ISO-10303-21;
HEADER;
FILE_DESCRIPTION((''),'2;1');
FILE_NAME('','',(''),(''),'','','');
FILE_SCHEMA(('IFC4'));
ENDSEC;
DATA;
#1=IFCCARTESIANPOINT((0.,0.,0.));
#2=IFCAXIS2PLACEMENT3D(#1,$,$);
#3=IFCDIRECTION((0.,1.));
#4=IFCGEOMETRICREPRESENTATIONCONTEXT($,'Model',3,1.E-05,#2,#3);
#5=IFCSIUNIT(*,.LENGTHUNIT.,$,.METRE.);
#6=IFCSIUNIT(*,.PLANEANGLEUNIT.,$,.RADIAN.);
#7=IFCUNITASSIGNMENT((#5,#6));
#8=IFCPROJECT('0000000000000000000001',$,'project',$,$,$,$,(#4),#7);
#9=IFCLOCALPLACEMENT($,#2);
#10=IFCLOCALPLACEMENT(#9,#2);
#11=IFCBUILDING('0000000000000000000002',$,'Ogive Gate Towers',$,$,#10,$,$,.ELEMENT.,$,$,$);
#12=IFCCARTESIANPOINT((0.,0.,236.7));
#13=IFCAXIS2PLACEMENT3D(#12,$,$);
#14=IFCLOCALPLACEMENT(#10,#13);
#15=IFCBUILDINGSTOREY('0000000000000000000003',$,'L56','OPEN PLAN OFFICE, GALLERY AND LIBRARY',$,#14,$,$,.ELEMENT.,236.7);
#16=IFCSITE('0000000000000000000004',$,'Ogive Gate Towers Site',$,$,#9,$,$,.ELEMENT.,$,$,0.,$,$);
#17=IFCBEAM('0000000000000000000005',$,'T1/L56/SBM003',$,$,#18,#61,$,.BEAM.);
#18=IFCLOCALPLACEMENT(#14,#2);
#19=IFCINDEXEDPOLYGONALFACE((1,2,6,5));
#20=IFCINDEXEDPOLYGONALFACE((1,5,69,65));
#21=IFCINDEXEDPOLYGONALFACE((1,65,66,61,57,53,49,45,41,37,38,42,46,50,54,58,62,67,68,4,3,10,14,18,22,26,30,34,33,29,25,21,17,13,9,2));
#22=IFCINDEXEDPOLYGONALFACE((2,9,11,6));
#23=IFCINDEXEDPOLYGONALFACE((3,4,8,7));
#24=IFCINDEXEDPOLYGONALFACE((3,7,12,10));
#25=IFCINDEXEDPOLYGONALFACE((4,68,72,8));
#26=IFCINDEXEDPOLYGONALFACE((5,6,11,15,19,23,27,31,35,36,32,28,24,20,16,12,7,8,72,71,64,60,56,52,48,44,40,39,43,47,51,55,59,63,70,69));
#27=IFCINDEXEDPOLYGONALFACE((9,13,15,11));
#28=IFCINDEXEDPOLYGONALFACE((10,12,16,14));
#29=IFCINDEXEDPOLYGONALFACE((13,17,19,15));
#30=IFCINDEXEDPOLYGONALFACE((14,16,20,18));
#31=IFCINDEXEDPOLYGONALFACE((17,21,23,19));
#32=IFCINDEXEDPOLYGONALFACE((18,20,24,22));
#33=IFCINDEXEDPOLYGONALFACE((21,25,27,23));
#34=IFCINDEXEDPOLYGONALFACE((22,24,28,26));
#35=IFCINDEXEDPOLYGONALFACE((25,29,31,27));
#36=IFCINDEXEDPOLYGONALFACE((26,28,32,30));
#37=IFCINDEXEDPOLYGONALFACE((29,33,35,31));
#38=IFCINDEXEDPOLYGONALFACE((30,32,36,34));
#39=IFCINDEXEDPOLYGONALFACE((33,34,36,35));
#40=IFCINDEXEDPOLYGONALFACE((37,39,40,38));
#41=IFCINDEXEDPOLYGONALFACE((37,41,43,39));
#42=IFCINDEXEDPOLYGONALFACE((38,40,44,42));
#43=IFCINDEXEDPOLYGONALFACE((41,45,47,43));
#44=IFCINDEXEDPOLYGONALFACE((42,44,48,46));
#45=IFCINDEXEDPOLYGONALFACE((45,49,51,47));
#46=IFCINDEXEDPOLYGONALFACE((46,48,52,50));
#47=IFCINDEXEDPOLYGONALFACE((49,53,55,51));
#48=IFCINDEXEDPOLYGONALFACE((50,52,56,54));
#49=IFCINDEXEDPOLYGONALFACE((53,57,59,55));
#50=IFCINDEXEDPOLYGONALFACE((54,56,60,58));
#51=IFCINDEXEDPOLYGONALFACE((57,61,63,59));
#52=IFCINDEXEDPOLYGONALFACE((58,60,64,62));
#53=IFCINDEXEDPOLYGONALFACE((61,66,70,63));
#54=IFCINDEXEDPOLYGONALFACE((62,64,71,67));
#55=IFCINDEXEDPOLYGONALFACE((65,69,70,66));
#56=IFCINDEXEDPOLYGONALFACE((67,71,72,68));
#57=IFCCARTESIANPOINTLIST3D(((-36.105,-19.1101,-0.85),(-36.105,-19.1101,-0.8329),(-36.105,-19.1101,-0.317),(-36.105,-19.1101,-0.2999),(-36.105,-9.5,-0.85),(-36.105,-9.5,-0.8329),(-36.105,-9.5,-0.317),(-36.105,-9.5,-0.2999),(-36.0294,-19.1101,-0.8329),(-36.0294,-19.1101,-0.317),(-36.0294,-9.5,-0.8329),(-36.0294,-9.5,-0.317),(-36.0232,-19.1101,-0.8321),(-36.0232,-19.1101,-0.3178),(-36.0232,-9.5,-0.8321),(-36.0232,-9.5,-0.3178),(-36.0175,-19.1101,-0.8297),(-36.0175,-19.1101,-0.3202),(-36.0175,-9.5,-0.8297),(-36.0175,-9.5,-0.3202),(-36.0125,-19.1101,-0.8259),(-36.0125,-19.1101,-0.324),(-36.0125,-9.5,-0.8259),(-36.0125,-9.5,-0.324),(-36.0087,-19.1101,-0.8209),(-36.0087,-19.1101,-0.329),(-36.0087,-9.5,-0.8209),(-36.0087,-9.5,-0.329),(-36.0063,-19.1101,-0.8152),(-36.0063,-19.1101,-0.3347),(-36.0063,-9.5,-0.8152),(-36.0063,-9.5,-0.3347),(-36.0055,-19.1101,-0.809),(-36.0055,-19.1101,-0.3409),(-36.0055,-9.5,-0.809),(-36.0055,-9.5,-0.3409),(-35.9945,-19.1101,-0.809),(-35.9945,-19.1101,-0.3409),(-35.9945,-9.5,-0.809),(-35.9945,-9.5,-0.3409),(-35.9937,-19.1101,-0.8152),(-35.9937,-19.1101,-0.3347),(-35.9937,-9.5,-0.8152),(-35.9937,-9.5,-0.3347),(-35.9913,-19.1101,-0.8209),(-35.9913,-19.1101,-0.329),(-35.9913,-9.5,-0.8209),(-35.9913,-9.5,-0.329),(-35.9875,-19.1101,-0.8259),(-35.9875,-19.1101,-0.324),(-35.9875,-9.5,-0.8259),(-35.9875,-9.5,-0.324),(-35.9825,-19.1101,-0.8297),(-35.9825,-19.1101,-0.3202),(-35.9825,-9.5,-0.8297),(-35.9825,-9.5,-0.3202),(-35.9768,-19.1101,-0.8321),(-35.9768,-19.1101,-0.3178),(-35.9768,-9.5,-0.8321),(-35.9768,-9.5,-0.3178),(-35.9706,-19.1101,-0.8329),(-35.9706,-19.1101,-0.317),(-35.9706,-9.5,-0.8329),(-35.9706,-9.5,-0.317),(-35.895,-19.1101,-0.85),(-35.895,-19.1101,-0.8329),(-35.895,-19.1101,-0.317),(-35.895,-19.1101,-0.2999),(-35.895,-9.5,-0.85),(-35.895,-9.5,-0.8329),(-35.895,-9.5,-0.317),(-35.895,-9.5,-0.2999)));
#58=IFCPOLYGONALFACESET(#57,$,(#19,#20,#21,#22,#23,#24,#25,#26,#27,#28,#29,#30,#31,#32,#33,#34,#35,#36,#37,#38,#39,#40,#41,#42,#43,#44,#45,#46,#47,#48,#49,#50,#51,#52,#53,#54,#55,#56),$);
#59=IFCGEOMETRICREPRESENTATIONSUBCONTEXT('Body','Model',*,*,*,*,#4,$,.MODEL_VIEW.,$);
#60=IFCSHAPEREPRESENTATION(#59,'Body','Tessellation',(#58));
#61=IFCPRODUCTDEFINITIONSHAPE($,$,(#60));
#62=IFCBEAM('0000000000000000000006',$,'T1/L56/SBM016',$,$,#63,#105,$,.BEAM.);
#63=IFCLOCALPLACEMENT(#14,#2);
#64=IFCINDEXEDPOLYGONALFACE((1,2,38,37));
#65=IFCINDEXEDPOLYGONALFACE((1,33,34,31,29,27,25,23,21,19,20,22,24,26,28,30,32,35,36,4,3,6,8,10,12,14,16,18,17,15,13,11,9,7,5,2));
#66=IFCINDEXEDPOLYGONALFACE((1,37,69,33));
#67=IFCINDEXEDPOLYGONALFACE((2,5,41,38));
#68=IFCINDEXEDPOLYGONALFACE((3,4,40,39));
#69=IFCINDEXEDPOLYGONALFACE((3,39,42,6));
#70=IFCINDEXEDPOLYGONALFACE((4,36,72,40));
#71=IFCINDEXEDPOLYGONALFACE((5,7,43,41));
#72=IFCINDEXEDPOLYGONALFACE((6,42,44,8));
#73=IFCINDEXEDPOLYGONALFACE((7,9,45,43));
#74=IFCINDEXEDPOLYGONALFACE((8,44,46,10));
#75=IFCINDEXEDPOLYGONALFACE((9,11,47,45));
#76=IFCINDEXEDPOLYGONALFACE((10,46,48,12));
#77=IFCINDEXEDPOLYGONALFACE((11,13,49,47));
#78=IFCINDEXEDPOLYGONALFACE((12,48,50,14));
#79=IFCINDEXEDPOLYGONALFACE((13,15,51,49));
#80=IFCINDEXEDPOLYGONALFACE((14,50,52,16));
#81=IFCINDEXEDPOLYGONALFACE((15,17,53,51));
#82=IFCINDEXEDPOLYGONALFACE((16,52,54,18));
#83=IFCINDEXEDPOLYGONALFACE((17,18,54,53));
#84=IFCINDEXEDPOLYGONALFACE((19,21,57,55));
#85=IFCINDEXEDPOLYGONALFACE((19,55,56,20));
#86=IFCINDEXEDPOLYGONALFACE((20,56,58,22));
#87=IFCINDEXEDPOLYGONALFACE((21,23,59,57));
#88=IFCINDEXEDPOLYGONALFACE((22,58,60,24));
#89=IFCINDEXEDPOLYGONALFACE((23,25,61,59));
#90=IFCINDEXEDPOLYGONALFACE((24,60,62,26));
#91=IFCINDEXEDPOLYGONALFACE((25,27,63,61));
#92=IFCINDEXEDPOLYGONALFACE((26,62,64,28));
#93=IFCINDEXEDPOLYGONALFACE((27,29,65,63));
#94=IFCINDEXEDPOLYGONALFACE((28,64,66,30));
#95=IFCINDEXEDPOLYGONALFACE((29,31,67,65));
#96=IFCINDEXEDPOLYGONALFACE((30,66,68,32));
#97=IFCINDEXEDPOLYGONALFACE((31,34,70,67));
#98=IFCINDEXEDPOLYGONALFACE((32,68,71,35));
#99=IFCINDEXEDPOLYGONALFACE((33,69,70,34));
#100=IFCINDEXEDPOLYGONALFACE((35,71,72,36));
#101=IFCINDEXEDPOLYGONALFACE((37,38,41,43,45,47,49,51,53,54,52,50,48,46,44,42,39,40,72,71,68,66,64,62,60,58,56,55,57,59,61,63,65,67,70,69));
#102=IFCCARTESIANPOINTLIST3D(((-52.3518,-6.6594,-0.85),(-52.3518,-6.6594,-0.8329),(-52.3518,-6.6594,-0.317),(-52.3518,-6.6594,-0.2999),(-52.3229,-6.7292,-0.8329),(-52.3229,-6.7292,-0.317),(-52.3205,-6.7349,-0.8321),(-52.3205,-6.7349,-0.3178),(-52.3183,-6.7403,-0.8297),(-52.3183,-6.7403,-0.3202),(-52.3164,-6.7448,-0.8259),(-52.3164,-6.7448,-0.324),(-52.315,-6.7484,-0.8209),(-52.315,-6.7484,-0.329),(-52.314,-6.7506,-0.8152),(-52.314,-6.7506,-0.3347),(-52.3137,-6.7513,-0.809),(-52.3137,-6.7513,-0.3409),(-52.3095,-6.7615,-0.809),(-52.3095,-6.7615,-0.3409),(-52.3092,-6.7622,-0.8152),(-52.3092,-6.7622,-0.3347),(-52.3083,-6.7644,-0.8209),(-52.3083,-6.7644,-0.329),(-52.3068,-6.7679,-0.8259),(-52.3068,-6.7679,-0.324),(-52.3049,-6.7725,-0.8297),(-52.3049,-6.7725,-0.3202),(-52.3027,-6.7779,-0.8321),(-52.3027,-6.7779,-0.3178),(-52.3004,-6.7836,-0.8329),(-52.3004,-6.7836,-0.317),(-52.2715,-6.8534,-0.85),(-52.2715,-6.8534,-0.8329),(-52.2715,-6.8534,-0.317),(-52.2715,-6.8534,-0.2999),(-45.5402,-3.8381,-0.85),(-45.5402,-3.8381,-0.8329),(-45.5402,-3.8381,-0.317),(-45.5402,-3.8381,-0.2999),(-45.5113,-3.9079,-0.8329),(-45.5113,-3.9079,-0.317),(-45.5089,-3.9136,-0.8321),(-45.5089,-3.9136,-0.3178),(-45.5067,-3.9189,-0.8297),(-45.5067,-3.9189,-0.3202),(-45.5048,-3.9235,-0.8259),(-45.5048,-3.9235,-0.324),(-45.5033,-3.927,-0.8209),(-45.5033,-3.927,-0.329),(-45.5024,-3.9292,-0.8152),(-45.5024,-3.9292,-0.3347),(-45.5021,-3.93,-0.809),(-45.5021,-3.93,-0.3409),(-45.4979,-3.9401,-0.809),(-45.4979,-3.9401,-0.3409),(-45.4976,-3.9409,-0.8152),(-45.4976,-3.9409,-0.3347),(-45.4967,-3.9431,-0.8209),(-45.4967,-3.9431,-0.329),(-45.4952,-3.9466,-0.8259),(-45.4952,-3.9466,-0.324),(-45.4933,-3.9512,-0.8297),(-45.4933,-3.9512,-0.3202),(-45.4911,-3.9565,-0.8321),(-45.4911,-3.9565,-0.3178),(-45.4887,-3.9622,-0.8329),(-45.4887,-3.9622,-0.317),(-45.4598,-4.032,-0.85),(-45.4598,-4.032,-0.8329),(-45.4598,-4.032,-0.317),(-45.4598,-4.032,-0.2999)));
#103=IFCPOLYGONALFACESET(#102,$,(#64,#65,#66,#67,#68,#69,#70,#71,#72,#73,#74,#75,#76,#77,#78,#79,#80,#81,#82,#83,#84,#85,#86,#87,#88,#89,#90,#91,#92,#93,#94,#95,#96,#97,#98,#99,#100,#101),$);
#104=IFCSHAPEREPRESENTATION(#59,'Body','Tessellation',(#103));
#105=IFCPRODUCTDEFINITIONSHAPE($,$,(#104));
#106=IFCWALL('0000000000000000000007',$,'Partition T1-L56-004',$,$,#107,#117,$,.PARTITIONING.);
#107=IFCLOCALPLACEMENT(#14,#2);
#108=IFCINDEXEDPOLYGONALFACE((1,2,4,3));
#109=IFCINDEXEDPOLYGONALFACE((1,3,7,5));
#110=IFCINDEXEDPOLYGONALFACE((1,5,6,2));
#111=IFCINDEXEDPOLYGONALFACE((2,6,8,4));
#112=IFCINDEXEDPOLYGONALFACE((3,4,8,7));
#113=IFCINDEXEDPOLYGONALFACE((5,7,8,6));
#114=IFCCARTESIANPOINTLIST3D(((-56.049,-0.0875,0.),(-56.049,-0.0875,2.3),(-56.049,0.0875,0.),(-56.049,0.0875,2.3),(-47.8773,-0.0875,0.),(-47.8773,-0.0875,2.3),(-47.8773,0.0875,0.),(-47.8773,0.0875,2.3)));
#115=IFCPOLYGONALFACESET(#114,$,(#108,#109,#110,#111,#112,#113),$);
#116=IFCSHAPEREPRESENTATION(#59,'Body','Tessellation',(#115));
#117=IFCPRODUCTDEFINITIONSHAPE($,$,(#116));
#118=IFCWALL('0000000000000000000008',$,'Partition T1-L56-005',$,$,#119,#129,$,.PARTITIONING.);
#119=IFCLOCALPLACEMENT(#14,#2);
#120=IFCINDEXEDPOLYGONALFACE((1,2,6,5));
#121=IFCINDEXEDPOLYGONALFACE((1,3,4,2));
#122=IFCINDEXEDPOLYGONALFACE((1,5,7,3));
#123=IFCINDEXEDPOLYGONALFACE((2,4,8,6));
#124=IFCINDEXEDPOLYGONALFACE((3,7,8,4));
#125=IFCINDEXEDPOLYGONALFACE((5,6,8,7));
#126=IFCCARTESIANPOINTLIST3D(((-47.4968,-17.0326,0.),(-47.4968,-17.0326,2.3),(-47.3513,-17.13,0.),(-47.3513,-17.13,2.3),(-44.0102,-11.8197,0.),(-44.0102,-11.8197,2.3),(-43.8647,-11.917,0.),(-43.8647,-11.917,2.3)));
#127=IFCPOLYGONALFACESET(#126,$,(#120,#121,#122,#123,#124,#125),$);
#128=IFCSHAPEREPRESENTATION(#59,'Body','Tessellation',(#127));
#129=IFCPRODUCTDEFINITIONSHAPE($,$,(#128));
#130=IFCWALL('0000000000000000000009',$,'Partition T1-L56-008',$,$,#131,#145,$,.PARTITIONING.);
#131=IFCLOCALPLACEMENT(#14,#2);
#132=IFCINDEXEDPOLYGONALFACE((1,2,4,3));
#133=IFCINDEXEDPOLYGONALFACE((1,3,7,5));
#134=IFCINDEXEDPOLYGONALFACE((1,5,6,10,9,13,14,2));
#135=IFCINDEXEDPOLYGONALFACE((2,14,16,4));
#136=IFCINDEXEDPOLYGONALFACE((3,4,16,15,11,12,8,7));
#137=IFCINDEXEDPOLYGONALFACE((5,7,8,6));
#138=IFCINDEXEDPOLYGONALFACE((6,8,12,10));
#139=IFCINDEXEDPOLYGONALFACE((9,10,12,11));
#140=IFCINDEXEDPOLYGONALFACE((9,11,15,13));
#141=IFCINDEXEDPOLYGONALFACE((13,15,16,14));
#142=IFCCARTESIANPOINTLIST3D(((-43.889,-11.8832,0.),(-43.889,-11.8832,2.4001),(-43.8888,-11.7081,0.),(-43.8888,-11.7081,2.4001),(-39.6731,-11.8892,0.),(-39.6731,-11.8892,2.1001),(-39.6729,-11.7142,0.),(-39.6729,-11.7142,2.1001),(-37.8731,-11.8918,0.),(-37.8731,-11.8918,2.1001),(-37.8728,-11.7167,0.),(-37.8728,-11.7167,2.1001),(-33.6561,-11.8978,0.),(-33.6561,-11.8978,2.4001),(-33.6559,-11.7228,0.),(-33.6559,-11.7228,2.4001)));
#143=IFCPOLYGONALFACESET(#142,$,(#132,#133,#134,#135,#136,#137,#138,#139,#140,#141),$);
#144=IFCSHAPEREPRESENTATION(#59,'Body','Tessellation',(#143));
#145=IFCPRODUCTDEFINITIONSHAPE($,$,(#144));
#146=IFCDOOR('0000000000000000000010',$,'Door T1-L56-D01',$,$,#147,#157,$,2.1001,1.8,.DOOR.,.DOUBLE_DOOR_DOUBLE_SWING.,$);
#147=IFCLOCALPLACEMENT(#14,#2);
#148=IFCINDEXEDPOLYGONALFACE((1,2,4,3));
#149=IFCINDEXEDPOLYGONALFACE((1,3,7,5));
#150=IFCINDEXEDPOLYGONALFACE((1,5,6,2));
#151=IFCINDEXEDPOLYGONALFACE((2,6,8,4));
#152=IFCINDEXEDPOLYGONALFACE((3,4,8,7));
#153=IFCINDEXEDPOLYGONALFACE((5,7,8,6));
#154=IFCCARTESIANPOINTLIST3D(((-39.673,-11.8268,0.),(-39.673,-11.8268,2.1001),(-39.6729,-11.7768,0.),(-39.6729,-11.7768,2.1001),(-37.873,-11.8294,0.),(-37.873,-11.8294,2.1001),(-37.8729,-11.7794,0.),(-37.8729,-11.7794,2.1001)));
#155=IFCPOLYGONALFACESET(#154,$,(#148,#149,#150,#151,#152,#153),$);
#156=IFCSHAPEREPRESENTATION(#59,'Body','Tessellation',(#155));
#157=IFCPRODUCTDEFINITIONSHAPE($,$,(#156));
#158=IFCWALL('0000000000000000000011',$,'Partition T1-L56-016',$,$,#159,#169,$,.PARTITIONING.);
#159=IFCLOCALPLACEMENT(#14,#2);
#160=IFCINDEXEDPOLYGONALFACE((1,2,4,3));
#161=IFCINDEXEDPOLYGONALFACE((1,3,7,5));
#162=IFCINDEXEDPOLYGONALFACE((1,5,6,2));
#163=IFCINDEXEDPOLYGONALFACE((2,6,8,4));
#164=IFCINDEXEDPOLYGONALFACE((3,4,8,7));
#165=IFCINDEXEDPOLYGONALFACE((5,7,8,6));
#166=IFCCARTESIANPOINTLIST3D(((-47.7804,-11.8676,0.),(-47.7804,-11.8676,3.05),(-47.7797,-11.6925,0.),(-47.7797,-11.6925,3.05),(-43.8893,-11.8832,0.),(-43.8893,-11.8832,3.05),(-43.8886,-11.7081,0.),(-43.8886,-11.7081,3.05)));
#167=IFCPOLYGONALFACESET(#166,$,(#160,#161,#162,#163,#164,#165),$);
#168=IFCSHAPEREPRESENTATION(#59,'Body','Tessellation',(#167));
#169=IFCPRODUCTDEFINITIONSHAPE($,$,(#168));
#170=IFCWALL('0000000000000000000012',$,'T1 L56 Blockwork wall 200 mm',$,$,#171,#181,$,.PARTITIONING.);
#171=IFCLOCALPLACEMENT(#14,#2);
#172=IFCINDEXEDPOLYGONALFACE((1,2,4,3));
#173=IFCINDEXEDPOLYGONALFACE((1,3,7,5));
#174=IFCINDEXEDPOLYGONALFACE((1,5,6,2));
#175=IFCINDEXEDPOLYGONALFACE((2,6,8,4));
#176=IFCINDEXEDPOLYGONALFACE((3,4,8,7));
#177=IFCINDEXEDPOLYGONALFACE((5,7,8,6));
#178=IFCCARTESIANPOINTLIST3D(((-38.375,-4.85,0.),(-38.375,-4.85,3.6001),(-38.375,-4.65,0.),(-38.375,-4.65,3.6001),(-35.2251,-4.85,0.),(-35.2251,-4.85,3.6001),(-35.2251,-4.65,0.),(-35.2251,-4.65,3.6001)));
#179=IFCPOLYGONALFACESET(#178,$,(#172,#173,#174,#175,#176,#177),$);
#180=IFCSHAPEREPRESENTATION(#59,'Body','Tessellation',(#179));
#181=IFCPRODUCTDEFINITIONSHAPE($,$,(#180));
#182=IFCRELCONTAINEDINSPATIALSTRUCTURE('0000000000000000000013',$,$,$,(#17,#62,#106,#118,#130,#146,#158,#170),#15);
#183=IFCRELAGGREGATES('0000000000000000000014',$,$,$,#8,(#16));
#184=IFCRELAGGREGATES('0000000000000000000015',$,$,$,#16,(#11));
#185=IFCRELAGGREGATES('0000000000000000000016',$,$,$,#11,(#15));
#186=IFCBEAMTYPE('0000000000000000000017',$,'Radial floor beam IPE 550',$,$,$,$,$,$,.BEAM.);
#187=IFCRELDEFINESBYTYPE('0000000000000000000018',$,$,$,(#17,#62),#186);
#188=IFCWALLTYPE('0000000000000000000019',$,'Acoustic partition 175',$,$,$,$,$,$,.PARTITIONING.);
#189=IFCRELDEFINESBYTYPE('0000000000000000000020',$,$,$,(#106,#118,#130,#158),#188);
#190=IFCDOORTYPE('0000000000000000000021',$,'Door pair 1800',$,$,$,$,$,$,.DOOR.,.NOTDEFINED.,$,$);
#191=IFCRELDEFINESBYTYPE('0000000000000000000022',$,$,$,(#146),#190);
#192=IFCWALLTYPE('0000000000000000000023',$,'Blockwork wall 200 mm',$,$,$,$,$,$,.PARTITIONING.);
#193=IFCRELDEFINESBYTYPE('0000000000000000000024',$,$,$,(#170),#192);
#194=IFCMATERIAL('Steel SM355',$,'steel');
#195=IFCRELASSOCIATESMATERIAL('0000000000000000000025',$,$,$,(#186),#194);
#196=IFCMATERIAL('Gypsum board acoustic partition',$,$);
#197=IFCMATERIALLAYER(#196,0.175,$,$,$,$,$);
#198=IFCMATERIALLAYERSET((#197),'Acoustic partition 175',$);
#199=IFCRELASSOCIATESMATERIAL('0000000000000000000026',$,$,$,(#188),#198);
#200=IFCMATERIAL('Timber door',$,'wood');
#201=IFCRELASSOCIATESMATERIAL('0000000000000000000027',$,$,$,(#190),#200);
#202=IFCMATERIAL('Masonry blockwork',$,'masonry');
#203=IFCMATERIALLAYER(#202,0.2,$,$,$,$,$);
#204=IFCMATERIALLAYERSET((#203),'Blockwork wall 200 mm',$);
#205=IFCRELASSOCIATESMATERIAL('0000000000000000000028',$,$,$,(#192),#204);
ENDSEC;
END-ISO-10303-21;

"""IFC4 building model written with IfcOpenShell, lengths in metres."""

from ifc_helpers import new_model, si_unit, direction, frame, frame_2d, origin, origin_2d, place, context, subcontext, project, spatial, rectangle, i_section, extrude, material, layer, layer_set, material_profile, profile_set, type_object, element, fill, save


model = new_model("IFC4")

# Units and contexts
model_context = context("Model", 3, precision=1e-05, world=origin(), true_north=direction((0.0, 1.0)))
body_context = subcontext(model_context, "Body", "Model", "MODEL_VIEW")
ifc_project = project(units=[si_unit("LENGTHUNIT", "METRE"), si_unit("PLANEANGLEUNIT", "RADIAN")], contexts=[model_context])

# Site, building, storey
site_placement = place(None, origin())
site = spatial("IfcSite", under=ifc_project, at=site_placement, Name="Ogive Gate Towers Site", CompositionType="ELEMENT", RefElevation=0.0)
building_placement = place(site_placement, origin())
building = spatial("IfcBuilding", under=site, at=building_placement, Name="Ogive Gate Towers", CompositionType="ELEMENT")
storey_placement = place(building_placement, frame((0.0, 0.0, 236.7)))
storey = spatial("IfcBuildingStorey", under=building, at=storey_placement, Name="L56", Description="OPEN PLAN OFFICE, GALLERY AND LIBRARY", CompositionType="ELEMENT", Elevation=236.7)

# Beams
ifc_material_1 = material(Name="Steel SM355", Category="steel")
ifc_material_profile_1 = material_profile(ifc_material_1, i_section(OverallWidth=0.21, OverallDepth=0.55, WebThickness=0.011, FlangeThickness=0.0171, FilletRadius=0.0239, at=origin_2d()), Name="IPE 550")
ifc_profile_set_1 = profile_set([ifc_material_profile_1], Name="Steel SM355")
beam_type_1 = type_object("IfcBeamType", Name="Radial floor beam IPE 550", PredefinedType="BEAM", material=ifc_profile_set_1)
beam_1_placement = place(storey_placement, frame((-36.0, -9.5, -0.575), z_axis=(0.0, -1.0, 0.0), x_axis=(1.0, 0.0, 0.0)))
element("IfcBeam", 1, at=beam_1_placement, inside=storey, type_object=beam_type_1, Name="T1/L56/SBM003", PredefinedType="BEAM", context=body_context, shape_type="SweptSolid", body=[
    extrude(i_section(OverallWidth=0.21, OverallDepth=0.55, WebThickness=0.011, FlangeThickness=0.0171, FilletRadius=0.0239, at=origin_2d()), origin(), (0.0, 0.0, 1.0), 9.6101),
])
beam_2_placement = place(storey_placement, frame((-45.5, -3.9351, -0.575), z_axis=(-0.923886, -0.382668, 0.0), x_axis=(0.382668, -0.923886, 0.0)))
element("IfcBeam", 2, at=beam_2_placement, inside=storey, type_object=beam_type_1, Name="T1/L56/SBM016", PredefinedType="BEAM", context=body_context, shape_type="SweptSolid", body=[
    extrude(i_section(OverallWidth=0.21, OverallDepth=0.55, WebThickness=0.011, FlangeThickness=0.0171, FilletRadius=0.0239, at=origin_2d()), origin(), (0.0, 0.0, 1.0), 7.3728),
])

# Walls
ifc_material_2 = material(Name="Gypsum board acoustic partition")
ifc_layer_1 = layer(ifc_material_2, 0.175)
ifc_layer_set_1 = layer_set([ifc_layer_1], Name="Acoustic partition 175")
wall_type_1 = type_object("IfcWallType", Name="Acoustic partition 175", PredefinedType="PARTITIONING", material=ifc_layer_set_1)
wall_1_placement = place(storey_placement, frame((-56.0491, 0.0, 0.0), z_axis=(0.0, 0.0, 1.0), x_axis=(1.0, 0.0, 0.0)))
element("IfcWall", 3, at=wall_1_placement, inside=storey, type_object=wall_type_1, Name="Partition T1-L56-004", PredefinedType="PARTITIONING", context=body_context, shape_type="SweptSolid", body=[
    extrude(rectangle(XDim=8.1716, YDim=0.175, at=frame_2d((4.0859, 0.0))), origin(), (0.0, 0.0, 1.0), 2.3),
])
wall_2_placement = place(storey_placement, frame((-47.4241, -17.0813, 0.0), z_axis=(0.0, 0.0, 1.0), x_axis=(0.555948, 0.831217, 0.0)))
element("IfcWall", 4, at=wall_2_placement, inside=storey, type_object=wall_type_1, Name="Partition T1-L56-005", PredefinedType="PARTITIONING", context=body_context, shape_type="SweptSolid", body=[
    extrude(rectangle(XDim=6.2715, YDim=0.175, at=frame_2d((3.1357, 0.0))), origin(), (0.0, 0.0, 1.0), 2.3),
])

# Wall, opening, door
wall_3_placement = place(storey_placement, frame((-43.8889, -11.7957, 0.0), z_axis=(0.0, 0.0, 1.0), x_axis=(0.999999, -0.001432, 0.0)))
wall_3 = element("IfcWall", 5, at=wall_3_placement, inside=storey, type_object=wall_type_1, Name="Partition T1-L56-008", PredefinedType="PARTITIONING", context=body_context, shape_type="SweptSolid", body=[
    extrude(rectangle(XDim=10.2329, YDim=0.175, at=frame_2d((5.1165, 0.0))), origin(), (0.0, 0.0, 1.0), 2.4001),
])
opening_1_placement = place(wall_3_placement, frame((4.2161, 0.0, 0.0)))
opening_1 = element("IfcOpeningElement", 6, at=opening_1_placement, cuts=wall_3, PredefinedType="OPENING", context=body_context, shape_type="SweptSolid", body=[
    extrude(rectangle(XDim=1.8, YDim=2.1001, at=frame_2d((0.8999, 1.05))), frame((0.0, 0.0977, 0.0), z_axis=(0.0, -1.0, 0.0), x_axis=(1.0, 0.0, 0.0)), (0.0, 0.0, 1.0), 0.1951),
])
ifc_material_3 = material(Name="Timber door", Category="wood")
door_type_1 = type_object("IfcDoorType", Name="Door pair 1800", OperationType="NOTDEFINED", PredefinedType="DOOR", material=ifc_material_3)
door_1_placement = place(opening_1_placement, origin())
door_1 = element("IfcDoor", 7, at=door_1_placement, inside=storey, type_object=door_type_1, Name="Door T1-L56-D01", OperationType="DOUBLE_DOOR_DOUBLE_SWING", OverallHeight=2.1001, OverallWidth=1.8, PredefinedType="DOOR", context=body_context, shape_type="SweptSolid", body=[
    extrude(rectangle(XDim=1.8, YDim=2.1001, at=frame_2d((0.8999, 1.05))), frame((0.0, 0.0249, 0.0), z_axis=(0.0, -1.0, 0.0), x_axis=(1.0, 0.0, 0.0)), (0.0, 0.0, 1.0), 0.05),
])
fill(opening_1, door_1)

# Walls
wall_4_placement = place(storey_placement, frame((-47.78, -11.78, 0.0), z_axis=(0.0, 0.0, 1.0), x_axis=(0.999992, -0.004016, 0.0)))
element("IfcWall", 8, at=wall_4_placement, inside=storey, type_object=wall_type_1, Name="Partition T1-L56-016", PredefinedType="PARTITIONING", context=body_context, shape_type="SweptSolid", body=[
    extrude(rectangle(XDim=3.8911, YDim=0.175, at=frame_2d((1.9456, 0.0))), origin(), (0.0, 0.0, 1.0), 3.05),
])
ifc_material_4 = material(Name="Masonry blockwork", Category="masonry")
ifc_layer_2 = layer(ifc_material_4, 0.2)
ifc_layer_set_2 = layer_set([ifc_layer_2], Name="Blockwork wall 200 mm")
wall_type_2 = type_object("IfcWallType", Name="Blockwork wall 200 mm", PredefinedType="PARTITIONING", material=ifc_layer_set_2)
wall_5_placement = place(storey_placement, frame((-38.375, -4.75, 0.0), z_axis=(0.0, 0.0, 1.0), x_axis=(1.0, 0.0, 0.0)))
element("IfcWall", 9, at=wall_5_placement, inside=storey, type_object=wall_type_2, Name="T1 L56 Blockwork wall 200 mm", PredefinedType="PARTITIONING", context=body_context, shape_type="SweptSolid", body=[
    extrude(rectangle(XDim=3.1499, YDim=0.2, at=frame_2d((1.575, 0.0))), origin(), (0.0, 0.0, 1.0), 3.6001),
])

save(model, "model.ifc")
